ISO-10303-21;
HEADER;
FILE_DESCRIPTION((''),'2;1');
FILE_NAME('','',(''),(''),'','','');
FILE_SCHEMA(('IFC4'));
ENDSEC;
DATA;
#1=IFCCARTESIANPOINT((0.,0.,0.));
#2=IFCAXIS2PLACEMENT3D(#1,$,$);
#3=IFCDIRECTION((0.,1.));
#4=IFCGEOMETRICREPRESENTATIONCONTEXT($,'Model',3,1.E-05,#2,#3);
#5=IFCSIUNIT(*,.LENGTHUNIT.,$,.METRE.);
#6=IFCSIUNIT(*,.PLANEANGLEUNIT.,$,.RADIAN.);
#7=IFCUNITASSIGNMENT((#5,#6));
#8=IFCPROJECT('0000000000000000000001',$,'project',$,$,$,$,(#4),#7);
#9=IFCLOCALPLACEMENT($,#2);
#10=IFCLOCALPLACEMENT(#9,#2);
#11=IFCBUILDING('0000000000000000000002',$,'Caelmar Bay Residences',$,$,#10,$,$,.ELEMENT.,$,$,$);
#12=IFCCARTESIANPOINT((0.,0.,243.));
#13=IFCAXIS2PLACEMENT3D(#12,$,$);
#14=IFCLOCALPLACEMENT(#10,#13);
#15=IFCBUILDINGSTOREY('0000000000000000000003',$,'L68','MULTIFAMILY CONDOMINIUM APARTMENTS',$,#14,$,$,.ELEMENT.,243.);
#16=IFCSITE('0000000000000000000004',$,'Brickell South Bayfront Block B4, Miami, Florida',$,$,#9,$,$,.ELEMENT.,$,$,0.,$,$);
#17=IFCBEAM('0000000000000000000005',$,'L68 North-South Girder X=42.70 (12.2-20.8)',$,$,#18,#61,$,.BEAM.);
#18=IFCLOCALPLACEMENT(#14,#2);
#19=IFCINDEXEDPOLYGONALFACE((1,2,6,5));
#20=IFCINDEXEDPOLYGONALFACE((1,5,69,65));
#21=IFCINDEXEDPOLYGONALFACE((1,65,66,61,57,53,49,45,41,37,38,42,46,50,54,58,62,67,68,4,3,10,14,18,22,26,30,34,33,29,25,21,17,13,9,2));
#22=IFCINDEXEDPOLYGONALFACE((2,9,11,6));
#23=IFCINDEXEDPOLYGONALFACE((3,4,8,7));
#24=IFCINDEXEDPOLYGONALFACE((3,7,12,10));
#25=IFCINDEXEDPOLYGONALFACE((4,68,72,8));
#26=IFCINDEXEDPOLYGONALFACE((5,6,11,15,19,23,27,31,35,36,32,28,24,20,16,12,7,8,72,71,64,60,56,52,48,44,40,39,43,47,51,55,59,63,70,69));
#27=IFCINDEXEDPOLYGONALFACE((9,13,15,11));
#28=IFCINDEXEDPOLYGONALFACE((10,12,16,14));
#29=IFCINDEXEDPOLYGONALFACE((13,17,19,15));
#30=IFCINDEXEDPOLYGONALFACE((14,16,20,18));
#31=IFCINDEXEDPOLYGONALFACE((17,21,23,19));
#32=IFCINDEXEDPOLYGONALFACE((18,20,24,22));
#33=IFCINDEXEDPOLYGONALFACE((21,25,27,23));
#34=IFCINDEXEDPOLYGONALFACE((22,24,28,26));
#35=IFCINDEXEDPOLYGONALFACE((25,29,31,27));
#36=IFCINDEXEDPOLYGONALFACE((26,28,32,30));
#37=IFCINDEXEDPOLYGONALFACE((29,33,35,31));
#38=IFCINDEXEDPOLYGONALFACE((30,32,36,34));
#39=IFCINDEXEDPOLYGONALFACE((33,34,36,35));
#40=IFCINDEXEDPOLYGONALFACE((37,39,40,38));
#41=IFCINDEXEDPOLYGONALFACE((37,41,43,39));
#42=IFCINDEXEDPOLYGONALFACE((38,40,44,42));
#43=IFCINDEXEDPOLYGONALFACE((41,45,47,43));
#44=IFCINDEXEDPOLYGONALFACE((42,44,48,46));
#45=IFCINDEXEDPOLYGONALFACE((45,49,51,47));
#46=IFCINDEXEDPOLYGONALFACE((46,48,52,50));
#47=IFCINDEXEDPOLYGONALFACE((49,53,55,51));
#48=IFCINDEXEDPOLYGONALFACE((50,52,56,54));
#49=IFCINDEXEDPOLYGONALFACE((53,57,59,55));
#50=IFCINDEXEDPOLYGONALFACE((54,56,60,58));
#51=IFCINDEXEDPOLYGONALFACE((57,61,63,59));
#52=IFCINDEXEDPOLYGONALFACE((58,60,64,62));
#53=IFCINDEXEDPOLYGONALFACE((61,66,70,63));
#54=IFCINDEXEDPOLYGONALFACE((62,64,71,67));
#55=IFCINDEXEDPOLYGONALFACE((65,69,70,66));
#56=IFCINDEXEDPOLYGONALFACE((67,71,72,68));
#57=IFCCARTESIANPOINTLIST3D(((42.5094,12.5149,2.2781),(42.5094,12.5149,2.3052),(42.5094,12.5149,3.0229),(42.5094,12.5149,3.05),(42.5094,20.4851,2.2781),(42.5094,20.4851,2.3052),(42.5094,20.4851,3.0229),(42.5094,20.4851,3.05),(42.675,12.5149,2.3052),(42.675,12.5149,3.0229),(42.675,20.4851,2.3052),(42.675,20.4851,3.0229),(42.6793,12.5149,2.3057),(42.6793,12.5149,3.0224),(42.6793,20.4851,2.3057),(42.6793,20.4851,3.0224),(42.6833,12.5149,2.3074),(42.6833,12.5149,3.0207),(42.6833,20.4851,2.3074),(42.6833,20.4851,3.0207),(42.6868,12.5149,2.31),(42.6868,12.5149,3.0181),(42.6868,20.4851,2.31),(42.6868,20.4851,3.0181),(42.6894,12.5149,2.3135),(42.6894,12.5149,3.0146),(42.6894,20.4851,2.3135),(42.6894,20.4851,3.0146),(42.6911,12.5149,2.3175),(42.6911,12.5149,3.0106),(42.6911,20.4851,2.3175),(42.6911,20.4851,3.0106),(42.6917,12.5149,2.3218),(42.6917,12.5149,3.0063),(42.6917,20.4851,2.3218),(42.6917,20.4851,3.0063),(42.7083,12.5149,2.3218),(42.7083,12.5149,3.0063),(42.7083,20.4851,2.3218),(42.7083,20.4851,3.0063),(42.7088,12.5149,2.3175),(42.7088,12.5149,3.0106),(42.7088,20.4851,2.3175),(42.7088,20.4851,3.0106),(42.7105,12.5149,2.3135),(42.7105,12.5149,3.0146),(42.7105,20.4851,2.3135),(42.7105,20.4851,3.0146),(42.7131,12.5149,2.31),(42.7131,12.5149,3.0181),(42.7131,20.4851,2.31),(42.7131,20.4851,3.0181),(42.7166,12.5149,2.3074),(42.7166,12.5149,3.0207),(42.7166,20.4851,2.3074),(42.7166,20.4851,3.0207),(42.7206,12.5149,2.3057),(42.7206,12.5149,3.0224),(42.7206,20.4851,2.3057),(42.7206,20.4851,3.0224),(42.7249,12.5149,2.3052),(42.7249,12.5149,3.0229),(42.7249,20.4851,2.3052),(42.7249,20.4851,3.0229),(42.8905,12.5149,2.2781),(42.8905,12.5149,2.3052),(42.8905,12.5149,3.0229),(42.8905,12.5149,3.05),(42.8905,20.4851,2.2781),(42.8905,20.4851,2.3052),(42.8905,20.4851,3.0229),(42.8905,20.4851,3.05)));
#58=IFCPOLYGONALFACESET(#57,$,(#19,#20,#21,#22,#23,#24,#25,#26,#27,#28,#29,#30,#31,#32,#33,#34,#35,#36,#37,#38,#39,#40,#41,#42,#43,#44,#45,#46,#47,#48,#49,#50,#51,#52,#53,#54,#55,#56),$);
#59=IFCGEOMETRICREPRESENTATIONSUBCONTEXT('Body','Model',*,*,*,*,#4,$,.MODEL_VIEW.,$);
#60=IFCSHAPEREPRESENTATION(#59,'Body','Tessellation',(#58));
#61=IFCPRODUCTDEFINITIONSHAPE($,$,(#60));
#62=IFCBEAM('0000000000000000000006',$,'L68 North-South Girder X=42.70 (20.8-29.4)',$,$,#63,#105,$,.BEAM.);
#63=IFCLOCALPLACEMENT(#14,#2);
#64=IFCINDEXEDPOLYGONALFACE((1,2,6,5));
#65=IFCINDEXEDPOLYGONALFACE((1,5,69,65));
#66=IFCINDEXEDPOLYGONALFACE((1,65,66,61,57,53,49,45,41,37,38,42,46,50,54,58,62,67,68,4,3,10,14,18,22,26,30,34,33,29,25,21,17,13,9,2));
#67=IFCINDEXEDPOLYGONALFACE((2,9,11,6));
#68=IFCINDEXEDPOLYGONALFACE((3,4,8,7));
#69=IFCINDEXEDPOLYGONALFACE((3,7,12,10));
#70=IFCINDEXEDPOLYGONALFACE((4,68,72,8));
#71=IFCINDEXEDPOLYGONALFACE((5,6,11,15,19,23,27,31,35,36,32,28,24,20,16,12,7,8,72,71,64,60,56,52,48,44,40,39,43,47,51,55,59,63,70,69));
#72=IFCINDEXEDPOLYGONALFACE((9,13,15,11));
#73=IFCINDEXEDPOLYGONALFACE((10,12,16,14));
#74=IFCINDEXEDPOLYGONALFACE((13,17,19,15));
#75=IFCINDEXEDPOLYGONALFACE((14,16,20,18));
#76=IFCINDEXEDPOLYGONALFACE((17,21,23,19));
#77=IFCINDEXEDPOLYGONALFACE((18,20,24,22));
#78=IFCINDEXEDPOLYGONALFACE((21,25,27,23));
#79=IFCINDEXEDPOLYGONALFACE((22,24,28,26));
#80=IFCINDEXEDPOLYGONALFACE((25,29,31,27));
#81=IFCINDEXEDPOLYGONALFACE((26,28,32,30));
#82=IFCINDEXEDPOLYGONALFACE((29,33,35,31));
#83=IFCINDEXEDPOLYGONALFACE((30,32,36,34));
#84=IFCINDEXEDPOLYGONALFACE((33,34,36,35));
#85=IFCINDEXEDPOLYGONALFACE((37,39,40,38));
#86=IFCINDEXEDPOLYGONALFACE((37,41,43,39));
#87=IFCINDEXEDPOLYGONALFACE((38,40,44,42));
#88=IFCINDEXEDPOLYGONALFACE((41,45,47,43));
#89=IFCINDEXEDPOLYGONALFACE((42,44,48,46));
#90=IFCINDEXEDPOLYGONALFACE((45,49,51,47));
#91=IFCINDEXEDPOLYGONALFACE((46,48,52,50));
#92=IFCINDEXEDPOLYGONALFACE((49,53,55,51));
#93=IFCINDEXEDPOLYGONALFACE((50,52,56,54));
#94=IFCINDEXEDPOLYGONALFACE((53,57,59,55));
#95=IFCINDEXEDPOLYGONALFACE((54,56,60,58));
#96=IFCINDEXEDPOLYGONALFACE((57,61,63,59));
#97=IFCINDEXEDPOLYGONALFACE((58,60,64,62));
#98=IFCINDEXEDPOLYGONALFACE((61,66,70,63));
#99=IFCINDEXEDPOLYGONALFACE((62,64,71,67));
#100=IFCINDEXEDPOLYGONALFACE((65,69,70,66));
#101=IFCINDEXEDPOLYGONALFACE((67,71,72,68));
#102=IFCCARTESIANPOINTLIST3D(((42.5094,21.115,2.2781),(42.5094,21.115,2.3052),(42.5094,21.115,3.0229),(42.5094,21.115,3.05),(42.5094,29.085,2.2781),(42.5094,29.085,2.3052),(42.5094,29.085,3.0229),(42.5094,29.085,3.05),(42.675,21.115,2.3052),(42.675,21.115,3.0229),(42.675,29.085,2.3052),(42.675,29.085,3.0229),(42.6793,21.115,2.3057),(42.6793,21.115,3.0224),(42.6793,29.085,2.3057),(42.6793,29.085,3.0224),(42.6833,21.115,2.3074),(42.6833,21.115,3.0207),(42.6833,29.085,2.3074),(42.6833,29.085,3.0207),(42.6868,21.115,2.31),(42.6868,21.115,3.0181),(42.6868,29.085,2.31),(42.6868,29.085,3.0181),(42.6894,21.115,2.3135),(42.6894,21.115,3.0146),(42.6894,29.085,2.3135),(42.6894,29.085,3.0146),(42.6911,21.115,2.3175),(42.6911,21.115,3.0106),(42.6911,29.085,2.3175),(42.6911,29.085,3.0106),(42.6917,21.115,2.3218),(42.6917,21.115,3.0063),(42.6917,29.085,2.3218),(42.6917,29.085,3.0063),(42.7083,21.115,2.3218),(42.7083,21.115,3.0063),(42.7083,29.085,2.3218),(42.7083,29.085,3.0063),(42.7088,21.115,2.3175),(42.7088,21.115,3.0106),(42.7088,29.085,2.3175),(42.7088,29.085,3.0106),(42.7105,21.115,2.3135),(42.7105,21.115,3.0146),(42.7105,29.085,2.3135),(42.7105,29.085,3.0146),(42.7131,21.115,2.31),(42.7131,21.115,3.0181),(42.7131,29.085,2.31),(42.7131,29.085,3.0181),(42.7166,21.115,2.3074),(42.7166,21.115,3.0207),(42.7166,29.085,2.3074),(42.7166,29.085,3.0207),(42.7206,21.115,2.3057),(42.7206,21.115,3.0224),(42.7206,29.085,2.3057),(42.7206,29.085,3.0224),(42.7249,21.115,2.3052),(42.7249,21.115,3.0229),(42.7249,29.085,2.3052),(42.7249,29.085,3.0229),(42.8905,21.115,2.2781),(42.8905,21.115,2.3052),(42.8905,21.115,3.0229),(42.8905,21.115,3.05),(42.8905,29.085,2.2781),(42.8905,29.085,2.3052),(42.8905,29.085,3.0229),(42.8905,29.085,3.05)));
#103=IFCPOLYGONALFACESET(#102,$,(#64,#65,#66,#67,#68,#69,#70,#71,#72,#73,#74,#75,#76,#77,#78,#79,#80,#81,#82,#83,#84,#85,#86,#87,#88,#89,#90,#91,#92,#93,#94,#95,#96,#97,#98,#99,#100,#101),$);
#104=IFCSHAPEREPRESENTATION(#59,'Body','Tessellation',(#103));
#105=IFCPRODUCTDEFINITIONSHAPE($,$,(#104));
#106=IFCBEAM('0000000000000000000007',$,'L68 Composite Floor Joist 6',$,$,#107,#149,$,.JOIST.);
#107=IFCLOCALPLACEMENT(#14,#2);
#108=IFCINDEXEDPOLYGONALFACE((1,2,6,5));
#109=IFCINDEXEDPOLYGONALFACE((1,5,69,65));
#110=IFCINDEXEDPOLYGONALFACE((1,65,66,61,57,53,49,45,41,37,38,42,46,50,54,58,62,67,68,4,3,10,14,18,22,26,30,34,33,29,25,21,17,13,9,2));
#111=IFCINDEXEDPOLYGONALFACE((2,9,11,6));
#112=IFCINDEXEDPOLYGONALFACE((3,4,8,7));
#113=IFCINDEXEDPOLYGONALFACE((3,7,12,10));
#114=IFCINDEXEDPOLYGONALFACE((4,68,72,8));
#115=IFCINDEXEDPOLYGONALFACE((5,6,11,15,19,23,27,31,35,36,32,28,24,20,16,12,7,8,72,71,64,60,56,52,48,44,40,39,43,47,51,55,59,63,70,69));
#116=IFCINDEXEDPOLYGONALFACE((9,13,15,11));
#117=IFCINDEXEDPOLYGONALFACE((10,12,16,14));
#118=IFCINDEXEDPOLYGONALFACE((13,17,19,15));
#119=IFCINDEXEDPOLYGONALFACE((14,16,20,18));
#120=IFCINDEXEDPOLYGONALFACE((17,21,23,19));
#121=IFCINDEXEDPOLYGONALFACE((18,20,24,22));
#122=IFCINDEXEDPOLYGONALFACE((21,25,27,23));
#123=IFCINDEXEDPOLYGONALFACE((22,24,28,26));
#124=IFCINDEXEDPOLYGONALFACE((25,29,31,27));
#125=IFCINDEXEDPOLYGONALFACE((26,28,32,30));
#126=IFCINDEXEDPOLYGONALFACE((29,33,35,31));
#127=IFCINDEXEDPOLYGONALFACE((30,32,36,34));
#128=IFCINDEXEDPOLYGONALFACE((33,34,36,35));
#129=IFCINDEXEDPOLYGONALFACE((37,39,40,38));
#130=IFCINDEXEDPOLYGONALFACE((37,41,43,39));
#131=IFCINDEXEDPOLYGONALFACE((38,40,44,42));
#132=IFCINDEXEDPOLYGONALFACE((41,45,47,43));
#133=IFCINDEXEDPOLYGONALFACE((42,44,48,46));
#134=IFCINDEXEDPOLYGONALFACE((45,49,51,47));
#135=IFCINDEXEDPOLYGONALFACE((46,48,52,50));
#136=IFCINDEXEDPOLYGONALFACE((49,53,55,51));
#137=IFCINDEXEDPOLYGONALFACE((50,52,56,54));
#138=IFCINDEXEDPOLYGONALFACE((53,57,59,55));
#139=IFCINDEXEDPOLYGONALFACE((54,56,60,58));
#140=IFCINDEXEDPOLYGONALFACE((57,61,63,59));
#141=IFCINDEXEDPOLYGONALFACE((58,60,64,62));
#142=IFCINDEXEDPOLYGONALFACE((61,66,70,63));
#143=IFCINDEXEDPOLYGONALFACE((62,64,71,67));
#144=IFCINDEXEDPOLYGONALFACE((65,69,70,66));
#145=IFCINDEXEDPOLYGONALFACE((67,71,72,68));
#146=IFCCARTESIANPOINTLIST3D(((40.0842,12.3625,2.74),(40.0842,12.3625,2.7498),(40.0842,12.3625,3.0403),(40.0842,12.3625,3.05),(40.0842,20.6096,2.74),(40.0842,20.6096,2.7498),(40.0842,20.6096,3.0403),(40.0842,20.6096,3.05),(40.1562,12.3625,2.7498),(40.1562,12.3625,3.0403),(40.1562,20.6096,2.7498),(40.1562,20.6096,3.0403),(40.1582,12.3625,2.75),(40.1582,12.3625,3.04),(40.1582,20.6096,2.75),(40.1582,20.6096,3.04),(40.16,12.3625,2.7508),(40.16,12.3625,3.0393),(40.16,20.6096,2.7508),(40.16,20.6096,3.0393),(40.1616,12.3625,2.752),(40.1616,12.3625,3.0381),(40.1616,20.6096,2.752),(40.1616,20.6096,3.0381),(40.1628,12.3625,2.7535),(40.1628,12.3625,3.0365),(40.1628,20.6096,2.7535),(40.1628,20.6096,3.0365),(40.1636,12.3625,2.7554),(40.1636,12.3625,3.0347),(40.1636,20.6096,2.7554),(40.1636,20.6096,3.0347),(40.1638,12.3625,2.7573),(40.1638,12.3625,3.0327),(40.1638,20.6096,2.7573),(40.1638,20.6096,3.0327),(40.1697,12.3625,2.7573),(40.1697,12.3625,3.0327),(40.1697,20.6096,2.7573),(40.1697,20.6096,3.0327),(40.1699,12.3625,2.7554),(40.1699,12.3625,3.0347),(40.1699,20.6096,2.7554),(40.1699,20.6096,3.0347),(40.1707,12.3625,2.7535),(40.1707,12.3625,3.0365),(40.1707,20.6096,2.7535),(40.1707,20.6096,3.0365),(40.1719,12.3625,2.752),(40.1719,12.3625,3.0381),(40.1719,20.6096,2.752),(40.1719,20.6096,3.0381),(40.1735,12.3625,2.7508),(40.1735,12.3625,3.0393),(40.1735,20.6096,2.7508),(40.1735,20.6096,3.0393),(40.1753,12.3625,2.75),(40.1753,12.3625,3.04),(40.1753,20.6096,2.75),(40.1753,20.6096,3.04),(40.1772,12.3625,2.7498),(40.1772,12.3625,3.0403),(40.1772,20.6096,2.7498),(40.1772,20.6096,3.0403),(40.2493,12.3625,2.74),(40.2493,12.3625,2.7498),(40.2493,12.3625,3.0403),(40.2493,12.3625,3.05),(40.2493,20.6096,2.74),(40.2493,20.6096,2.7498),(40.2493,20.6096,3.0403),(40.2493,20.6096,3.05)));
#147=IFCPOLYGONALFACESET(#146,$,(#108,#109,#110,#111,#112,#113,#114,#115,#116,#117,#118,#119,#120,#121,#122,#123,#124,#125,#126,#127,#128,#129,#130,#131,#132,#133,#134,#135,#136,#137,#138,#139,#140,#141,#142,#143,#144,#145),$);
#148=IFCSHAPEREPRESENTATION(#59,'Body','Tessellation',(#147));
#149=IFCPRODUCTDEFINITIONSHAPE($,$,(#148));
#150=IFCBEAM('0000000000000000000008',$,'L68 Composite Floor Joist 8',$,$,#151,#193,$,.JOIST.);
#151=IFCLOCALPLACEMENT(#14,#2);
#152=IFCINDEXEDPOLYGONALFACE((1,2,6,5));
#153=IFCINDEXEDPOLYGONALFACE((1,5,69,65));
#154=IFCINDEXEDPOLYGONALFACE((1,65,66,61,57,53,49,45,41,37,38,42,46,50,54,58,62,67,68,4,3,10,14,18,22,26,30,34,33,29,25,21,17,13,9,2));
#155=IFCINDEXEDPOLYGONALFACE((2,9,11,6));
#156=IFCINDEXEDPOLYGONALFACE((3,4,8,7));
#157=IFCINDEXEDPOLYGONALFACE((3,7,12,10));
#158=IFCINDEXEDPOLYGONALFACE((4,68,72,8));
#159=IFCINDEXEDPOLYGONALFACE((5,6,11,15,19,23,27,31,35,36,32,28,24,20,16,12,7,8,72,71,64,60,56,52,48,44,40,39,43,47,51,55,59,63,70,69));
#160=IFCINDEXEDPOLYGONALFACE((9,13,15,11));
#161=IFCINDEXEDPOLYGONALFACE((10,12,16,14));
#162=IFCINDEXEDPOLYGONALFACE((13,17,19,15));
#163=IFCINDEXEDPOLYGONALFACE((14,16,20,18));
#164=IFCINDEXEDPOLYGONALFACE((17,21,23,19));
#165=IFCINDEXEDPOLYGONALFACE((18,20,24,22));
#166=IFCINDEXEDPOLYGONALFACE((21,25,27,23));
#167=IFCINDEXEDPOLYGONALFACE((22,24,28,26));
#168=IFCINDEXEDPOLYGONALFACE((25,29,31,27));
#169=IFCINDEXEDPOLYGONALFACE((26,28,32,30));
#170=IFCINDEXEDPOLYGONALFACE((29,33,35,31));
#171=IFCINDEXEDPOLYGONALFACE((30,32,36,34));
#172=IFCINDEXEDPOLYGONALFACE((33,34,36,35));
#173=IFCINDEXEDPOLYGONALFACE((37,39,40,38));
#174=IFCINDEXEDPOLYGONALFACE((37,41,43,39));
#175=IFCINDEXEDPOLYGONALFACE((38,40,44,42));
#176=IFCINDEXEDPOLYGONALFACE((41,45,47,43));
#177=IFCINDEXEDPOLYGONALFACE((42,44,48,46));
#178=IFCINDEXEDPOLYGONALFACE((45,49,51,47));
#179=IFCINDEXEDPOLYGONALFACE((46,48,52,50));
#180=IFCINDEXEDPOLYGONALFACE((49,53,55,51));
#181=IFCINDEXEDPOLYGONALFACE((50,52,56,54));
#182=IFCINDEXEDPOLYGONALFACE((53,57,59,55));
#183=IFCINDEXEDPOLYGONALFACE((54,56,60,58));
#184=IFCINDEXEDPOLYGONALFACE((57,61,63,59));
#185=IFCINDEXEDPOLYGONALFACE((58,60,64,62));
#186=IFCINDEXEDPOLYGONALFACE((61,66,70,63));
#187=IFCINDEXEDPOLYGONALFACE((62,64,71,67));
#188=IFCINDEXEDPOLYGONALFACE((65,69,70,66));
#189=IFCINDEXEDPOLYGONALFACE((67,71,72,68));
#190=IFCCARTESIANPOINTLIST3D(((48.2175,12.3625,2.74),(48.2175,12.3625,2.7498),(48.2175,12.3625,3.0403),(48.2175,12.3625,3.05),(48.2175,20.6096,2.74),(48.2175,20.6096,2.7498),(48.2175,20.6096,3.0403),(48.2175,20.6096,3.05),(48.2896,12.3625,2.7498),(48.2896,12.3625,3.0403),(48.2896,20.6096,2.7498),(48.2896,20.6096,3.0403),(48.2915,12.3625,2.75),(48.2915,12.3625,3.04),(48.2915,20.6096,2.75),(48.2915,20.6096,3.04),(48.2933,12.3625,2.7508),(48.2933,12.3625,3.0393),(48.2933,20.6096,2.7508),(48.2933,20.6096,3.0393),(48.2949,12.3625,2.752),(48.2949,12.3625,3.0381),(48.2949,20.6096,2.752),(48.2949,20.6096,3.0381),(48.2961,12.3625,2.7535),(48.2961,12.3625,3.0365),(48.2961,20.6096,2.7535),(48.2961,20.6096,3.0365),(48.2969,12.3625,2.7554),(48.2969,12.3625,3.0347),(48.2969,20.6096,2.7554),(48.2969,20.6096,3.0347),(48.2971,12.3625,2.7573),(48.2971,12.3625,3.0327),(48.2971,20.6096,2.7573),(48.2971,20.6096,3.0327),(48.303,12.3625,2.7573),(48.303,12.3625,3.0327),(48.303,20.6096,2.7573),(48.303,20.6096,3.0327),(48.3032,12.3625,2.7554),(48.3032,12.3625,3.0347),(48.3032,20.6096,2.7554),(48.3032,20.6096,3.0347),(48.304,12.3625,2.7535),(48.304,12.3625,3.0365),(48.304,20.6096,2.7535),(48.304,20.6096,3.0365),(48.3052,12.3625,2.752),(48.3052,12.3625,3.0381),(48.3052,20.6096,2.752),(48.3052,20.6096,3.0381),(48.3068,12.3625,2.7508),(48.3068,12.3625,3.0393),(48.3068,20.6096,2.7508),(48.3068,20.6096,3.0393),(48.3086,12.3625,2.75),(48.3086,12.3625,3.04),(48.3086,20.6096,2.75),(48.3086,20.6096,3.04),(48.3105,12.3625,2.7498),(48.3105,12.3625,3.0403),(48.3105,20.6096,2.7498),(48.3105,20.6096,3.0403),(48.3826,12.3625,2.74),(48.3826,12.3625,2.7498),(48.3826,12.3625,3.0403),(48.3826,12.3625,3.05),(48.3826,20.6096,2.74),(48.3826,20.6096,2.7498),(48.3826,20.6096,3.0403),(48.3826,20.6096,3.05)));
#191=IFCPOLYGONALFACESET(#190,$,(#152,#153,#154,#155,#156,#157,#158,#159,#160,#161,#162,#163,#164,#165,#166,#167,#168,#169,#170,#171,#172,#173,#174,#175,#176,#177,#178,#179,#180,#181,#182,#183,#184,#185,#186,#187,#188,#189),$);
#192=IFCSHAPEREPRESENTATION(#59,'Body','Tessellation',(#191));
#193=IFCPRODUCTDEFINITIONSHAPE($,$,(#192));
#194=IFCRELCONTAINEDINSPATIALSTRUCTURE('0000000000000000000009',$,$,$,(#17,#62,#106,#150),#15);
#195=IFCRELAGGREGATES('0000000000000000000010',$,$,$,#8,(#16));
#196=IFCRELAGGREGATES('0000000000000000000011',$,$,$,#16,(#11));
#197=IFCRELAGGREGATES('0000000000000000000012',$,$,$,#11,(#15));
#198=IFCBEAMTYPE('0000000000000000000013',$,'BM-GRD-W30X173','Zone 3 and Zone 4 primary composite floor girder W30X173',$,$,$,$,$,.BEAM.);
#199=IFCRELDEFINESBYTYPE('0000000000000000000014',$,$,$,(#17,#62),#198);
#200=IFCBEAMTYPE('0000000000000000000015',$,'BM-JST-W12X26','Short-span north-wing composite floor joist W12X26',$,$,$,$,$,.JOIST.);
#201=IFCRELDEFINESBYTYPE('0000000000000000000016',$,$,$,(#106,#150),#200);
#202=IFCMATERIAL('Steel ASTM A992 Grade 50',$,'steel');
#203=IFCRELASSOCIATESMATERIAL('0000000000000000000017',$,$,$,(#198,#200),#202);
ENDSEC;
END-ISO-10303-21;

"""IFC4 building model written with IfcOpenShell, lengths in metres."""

from ifc_helpers import new_model, si_unit, direction, frame, origin, origin_2d, place, context, subcontext, project, spatial, i_section, extrude, material, material_profile, profile_set, type_object, element, save


model = new_model("IFC4")

# Units and contexts
model_context = context("Model", 3, precision=1e-05, world=origin(), true_north=direction((0.0, 1.0)))
body_context = subcontext(model_context, "Body", "Model", "MODEL_VIEW")
ifc_project = project(units=[si_unit("LENGTHUNIT", "METRE"), si_unit("PLANEANGLEUNIT", "RADIAN")], contexts=[model_context])

# Site, building, storey
site_placement = place(None, origin())
site = spatial("IfcSite", under=ifc_project, at=site_placement, Name="Brickell South Bayfront Block B4, Miami, Florida", CompositionType="ELEMENT", RefElevation=0.0)
building_placement = place(site_placement, origin())
building = spatial("IfcBuilding", under=site, at=building_placement, Name="Caelmar Bay Residences", CompositionType="ELEMENT")
storey_placement = place(building_placement, frame((0.0, 0.0, 243.0)))
storey = spatial("IfcBuildingStorey", under=building, at=storey_placement, Name="L68", Description="MULTIFAMILY CONDOMINIUM APARTMENTS", CompositionType="ELEMENT", Elevation=243.0)

# Beams
ifc_material_1 = material(Name="Steel ASTM A992 Grade 50", Category="steel")
ifc_material_profile_1 = material_profile(ifc_material_1, i_section(OverallWidth=0.3811, OverallDepth=0.772, WebThickness=0.0166, FlangeThickness=0.0271, FilletRadius=0.0166, at=origin_2d()), Name="W30X173")
ifc_profile_set_1 = profile_set([ifc_material_profile_1], Name="Steel ASTM A992 Grade 50")
beam_type_1 = type_object("IfcBeamType", Name="BM-GRD-W30X173", Description="Zone 3 and Zone 4 primary composite floor girder W30X173", PredefinedType="BEAM", material=ifc_profile_set_1)
beam_1_placement = place(storey_placement, frame((42.7, 12.5149, 2.6641), z_axis=(0.0, 1.0, 0.0), x_axis=(-1.0, 0.0, 0.0)))
element("IfcBeam", 1, at=beam_1_placement, inside=storey, type_object=beam_type_1, Name="L68 North-South Girder X=42.70 (12.2-20.8)", PredefinedType="BEAM", context=body_context, shape_type="SweptSolid", body=[
    extrude(i_section(OverallWidth=0.3811, OverallDepth=0.772, WebThickness=0.0166, FlangeThickness=0.0271, FilletRadius=0.0166, at=origin_2d()), origin(), (0.0, 0.0, 1.0), 7.9702),
])
beam_2_placement = place(storey_placement, frame((42.7, 21.115, 2.6641), z_axis=(0.0, 1.0, 0.0), x_axis=(-1.0, 0.0, 0.0)))
element("IfcBeam", 2, at=beam_2_placement, inside=storey, type_object=beam_type_1, Name="L68 North-South Girder X=42.70 (20.8-29.4)", PredefinedType="BEAM", context=body_context, shape_type="SweptSolid", body=[
    extrude(i_section(OverallWidth=0.3811, OverallDepth=0.772, WebThickness=0.0166, FlangeThickness=0.0271, FilletRadius=0.0166, at=origin_2d()), origin(), (0.0, 0.0, 1.0), 7.97),
])
ifc_material_profile_2 = material_profile(ifc_material_1, i_section(OverallWidth=0.165, OverallDepth=0.3101, WebThickness=0.0059, FlangeThickness=0.0098, FilletRadius=0.0076, at=origin_2d()), Name="W12X26")
ifc_profile_set_2 = profile_set([ifc_material_profile_2], Name="Steel ASTM A992 Grade 50")
beam_type_2 = type_object("IfcBeamType", Name="BM-JST-W12X26", Description="Short-span north-wing composite floor joist W12X26", PredefinedType="JOIST", material=ifc_profile_set_2)
for number, where, z_axis, x_axis, name in (
    (3, (40.1667, 12.3625, 2.895), (0.0, 1.0, 0.0), (-1.0, 0.0, 0.0), "L68 Composite Floor Joist 6"),
    (4, (48.3, 12.3625, 2.895), (0.0, 1.0, 0.0), (-1.0, 0.0, 0.0), "L68 Composite Floor Joist 8"),
):
    element("IfcBeam", number, at=place(storey_placement, frame(where, z_axis=z_axis, x_axis=x_axis)), inside=storey, type_object=beam_type_2, Name=name, PredefinedType="JOIST", context=body_context, shape_type="SweptSolid", body=[
        extrude(i_section(OverallWidth=0.165, OverallDepth=0.3101, WebThickness=0.0059, FlangeThickness=0.0098, FilletRadius=0.0076, at=origin_2d()), origin(), (0.0, 0.0, 1.0), 8.2471),
    ])

save(model, "model.ifc")
